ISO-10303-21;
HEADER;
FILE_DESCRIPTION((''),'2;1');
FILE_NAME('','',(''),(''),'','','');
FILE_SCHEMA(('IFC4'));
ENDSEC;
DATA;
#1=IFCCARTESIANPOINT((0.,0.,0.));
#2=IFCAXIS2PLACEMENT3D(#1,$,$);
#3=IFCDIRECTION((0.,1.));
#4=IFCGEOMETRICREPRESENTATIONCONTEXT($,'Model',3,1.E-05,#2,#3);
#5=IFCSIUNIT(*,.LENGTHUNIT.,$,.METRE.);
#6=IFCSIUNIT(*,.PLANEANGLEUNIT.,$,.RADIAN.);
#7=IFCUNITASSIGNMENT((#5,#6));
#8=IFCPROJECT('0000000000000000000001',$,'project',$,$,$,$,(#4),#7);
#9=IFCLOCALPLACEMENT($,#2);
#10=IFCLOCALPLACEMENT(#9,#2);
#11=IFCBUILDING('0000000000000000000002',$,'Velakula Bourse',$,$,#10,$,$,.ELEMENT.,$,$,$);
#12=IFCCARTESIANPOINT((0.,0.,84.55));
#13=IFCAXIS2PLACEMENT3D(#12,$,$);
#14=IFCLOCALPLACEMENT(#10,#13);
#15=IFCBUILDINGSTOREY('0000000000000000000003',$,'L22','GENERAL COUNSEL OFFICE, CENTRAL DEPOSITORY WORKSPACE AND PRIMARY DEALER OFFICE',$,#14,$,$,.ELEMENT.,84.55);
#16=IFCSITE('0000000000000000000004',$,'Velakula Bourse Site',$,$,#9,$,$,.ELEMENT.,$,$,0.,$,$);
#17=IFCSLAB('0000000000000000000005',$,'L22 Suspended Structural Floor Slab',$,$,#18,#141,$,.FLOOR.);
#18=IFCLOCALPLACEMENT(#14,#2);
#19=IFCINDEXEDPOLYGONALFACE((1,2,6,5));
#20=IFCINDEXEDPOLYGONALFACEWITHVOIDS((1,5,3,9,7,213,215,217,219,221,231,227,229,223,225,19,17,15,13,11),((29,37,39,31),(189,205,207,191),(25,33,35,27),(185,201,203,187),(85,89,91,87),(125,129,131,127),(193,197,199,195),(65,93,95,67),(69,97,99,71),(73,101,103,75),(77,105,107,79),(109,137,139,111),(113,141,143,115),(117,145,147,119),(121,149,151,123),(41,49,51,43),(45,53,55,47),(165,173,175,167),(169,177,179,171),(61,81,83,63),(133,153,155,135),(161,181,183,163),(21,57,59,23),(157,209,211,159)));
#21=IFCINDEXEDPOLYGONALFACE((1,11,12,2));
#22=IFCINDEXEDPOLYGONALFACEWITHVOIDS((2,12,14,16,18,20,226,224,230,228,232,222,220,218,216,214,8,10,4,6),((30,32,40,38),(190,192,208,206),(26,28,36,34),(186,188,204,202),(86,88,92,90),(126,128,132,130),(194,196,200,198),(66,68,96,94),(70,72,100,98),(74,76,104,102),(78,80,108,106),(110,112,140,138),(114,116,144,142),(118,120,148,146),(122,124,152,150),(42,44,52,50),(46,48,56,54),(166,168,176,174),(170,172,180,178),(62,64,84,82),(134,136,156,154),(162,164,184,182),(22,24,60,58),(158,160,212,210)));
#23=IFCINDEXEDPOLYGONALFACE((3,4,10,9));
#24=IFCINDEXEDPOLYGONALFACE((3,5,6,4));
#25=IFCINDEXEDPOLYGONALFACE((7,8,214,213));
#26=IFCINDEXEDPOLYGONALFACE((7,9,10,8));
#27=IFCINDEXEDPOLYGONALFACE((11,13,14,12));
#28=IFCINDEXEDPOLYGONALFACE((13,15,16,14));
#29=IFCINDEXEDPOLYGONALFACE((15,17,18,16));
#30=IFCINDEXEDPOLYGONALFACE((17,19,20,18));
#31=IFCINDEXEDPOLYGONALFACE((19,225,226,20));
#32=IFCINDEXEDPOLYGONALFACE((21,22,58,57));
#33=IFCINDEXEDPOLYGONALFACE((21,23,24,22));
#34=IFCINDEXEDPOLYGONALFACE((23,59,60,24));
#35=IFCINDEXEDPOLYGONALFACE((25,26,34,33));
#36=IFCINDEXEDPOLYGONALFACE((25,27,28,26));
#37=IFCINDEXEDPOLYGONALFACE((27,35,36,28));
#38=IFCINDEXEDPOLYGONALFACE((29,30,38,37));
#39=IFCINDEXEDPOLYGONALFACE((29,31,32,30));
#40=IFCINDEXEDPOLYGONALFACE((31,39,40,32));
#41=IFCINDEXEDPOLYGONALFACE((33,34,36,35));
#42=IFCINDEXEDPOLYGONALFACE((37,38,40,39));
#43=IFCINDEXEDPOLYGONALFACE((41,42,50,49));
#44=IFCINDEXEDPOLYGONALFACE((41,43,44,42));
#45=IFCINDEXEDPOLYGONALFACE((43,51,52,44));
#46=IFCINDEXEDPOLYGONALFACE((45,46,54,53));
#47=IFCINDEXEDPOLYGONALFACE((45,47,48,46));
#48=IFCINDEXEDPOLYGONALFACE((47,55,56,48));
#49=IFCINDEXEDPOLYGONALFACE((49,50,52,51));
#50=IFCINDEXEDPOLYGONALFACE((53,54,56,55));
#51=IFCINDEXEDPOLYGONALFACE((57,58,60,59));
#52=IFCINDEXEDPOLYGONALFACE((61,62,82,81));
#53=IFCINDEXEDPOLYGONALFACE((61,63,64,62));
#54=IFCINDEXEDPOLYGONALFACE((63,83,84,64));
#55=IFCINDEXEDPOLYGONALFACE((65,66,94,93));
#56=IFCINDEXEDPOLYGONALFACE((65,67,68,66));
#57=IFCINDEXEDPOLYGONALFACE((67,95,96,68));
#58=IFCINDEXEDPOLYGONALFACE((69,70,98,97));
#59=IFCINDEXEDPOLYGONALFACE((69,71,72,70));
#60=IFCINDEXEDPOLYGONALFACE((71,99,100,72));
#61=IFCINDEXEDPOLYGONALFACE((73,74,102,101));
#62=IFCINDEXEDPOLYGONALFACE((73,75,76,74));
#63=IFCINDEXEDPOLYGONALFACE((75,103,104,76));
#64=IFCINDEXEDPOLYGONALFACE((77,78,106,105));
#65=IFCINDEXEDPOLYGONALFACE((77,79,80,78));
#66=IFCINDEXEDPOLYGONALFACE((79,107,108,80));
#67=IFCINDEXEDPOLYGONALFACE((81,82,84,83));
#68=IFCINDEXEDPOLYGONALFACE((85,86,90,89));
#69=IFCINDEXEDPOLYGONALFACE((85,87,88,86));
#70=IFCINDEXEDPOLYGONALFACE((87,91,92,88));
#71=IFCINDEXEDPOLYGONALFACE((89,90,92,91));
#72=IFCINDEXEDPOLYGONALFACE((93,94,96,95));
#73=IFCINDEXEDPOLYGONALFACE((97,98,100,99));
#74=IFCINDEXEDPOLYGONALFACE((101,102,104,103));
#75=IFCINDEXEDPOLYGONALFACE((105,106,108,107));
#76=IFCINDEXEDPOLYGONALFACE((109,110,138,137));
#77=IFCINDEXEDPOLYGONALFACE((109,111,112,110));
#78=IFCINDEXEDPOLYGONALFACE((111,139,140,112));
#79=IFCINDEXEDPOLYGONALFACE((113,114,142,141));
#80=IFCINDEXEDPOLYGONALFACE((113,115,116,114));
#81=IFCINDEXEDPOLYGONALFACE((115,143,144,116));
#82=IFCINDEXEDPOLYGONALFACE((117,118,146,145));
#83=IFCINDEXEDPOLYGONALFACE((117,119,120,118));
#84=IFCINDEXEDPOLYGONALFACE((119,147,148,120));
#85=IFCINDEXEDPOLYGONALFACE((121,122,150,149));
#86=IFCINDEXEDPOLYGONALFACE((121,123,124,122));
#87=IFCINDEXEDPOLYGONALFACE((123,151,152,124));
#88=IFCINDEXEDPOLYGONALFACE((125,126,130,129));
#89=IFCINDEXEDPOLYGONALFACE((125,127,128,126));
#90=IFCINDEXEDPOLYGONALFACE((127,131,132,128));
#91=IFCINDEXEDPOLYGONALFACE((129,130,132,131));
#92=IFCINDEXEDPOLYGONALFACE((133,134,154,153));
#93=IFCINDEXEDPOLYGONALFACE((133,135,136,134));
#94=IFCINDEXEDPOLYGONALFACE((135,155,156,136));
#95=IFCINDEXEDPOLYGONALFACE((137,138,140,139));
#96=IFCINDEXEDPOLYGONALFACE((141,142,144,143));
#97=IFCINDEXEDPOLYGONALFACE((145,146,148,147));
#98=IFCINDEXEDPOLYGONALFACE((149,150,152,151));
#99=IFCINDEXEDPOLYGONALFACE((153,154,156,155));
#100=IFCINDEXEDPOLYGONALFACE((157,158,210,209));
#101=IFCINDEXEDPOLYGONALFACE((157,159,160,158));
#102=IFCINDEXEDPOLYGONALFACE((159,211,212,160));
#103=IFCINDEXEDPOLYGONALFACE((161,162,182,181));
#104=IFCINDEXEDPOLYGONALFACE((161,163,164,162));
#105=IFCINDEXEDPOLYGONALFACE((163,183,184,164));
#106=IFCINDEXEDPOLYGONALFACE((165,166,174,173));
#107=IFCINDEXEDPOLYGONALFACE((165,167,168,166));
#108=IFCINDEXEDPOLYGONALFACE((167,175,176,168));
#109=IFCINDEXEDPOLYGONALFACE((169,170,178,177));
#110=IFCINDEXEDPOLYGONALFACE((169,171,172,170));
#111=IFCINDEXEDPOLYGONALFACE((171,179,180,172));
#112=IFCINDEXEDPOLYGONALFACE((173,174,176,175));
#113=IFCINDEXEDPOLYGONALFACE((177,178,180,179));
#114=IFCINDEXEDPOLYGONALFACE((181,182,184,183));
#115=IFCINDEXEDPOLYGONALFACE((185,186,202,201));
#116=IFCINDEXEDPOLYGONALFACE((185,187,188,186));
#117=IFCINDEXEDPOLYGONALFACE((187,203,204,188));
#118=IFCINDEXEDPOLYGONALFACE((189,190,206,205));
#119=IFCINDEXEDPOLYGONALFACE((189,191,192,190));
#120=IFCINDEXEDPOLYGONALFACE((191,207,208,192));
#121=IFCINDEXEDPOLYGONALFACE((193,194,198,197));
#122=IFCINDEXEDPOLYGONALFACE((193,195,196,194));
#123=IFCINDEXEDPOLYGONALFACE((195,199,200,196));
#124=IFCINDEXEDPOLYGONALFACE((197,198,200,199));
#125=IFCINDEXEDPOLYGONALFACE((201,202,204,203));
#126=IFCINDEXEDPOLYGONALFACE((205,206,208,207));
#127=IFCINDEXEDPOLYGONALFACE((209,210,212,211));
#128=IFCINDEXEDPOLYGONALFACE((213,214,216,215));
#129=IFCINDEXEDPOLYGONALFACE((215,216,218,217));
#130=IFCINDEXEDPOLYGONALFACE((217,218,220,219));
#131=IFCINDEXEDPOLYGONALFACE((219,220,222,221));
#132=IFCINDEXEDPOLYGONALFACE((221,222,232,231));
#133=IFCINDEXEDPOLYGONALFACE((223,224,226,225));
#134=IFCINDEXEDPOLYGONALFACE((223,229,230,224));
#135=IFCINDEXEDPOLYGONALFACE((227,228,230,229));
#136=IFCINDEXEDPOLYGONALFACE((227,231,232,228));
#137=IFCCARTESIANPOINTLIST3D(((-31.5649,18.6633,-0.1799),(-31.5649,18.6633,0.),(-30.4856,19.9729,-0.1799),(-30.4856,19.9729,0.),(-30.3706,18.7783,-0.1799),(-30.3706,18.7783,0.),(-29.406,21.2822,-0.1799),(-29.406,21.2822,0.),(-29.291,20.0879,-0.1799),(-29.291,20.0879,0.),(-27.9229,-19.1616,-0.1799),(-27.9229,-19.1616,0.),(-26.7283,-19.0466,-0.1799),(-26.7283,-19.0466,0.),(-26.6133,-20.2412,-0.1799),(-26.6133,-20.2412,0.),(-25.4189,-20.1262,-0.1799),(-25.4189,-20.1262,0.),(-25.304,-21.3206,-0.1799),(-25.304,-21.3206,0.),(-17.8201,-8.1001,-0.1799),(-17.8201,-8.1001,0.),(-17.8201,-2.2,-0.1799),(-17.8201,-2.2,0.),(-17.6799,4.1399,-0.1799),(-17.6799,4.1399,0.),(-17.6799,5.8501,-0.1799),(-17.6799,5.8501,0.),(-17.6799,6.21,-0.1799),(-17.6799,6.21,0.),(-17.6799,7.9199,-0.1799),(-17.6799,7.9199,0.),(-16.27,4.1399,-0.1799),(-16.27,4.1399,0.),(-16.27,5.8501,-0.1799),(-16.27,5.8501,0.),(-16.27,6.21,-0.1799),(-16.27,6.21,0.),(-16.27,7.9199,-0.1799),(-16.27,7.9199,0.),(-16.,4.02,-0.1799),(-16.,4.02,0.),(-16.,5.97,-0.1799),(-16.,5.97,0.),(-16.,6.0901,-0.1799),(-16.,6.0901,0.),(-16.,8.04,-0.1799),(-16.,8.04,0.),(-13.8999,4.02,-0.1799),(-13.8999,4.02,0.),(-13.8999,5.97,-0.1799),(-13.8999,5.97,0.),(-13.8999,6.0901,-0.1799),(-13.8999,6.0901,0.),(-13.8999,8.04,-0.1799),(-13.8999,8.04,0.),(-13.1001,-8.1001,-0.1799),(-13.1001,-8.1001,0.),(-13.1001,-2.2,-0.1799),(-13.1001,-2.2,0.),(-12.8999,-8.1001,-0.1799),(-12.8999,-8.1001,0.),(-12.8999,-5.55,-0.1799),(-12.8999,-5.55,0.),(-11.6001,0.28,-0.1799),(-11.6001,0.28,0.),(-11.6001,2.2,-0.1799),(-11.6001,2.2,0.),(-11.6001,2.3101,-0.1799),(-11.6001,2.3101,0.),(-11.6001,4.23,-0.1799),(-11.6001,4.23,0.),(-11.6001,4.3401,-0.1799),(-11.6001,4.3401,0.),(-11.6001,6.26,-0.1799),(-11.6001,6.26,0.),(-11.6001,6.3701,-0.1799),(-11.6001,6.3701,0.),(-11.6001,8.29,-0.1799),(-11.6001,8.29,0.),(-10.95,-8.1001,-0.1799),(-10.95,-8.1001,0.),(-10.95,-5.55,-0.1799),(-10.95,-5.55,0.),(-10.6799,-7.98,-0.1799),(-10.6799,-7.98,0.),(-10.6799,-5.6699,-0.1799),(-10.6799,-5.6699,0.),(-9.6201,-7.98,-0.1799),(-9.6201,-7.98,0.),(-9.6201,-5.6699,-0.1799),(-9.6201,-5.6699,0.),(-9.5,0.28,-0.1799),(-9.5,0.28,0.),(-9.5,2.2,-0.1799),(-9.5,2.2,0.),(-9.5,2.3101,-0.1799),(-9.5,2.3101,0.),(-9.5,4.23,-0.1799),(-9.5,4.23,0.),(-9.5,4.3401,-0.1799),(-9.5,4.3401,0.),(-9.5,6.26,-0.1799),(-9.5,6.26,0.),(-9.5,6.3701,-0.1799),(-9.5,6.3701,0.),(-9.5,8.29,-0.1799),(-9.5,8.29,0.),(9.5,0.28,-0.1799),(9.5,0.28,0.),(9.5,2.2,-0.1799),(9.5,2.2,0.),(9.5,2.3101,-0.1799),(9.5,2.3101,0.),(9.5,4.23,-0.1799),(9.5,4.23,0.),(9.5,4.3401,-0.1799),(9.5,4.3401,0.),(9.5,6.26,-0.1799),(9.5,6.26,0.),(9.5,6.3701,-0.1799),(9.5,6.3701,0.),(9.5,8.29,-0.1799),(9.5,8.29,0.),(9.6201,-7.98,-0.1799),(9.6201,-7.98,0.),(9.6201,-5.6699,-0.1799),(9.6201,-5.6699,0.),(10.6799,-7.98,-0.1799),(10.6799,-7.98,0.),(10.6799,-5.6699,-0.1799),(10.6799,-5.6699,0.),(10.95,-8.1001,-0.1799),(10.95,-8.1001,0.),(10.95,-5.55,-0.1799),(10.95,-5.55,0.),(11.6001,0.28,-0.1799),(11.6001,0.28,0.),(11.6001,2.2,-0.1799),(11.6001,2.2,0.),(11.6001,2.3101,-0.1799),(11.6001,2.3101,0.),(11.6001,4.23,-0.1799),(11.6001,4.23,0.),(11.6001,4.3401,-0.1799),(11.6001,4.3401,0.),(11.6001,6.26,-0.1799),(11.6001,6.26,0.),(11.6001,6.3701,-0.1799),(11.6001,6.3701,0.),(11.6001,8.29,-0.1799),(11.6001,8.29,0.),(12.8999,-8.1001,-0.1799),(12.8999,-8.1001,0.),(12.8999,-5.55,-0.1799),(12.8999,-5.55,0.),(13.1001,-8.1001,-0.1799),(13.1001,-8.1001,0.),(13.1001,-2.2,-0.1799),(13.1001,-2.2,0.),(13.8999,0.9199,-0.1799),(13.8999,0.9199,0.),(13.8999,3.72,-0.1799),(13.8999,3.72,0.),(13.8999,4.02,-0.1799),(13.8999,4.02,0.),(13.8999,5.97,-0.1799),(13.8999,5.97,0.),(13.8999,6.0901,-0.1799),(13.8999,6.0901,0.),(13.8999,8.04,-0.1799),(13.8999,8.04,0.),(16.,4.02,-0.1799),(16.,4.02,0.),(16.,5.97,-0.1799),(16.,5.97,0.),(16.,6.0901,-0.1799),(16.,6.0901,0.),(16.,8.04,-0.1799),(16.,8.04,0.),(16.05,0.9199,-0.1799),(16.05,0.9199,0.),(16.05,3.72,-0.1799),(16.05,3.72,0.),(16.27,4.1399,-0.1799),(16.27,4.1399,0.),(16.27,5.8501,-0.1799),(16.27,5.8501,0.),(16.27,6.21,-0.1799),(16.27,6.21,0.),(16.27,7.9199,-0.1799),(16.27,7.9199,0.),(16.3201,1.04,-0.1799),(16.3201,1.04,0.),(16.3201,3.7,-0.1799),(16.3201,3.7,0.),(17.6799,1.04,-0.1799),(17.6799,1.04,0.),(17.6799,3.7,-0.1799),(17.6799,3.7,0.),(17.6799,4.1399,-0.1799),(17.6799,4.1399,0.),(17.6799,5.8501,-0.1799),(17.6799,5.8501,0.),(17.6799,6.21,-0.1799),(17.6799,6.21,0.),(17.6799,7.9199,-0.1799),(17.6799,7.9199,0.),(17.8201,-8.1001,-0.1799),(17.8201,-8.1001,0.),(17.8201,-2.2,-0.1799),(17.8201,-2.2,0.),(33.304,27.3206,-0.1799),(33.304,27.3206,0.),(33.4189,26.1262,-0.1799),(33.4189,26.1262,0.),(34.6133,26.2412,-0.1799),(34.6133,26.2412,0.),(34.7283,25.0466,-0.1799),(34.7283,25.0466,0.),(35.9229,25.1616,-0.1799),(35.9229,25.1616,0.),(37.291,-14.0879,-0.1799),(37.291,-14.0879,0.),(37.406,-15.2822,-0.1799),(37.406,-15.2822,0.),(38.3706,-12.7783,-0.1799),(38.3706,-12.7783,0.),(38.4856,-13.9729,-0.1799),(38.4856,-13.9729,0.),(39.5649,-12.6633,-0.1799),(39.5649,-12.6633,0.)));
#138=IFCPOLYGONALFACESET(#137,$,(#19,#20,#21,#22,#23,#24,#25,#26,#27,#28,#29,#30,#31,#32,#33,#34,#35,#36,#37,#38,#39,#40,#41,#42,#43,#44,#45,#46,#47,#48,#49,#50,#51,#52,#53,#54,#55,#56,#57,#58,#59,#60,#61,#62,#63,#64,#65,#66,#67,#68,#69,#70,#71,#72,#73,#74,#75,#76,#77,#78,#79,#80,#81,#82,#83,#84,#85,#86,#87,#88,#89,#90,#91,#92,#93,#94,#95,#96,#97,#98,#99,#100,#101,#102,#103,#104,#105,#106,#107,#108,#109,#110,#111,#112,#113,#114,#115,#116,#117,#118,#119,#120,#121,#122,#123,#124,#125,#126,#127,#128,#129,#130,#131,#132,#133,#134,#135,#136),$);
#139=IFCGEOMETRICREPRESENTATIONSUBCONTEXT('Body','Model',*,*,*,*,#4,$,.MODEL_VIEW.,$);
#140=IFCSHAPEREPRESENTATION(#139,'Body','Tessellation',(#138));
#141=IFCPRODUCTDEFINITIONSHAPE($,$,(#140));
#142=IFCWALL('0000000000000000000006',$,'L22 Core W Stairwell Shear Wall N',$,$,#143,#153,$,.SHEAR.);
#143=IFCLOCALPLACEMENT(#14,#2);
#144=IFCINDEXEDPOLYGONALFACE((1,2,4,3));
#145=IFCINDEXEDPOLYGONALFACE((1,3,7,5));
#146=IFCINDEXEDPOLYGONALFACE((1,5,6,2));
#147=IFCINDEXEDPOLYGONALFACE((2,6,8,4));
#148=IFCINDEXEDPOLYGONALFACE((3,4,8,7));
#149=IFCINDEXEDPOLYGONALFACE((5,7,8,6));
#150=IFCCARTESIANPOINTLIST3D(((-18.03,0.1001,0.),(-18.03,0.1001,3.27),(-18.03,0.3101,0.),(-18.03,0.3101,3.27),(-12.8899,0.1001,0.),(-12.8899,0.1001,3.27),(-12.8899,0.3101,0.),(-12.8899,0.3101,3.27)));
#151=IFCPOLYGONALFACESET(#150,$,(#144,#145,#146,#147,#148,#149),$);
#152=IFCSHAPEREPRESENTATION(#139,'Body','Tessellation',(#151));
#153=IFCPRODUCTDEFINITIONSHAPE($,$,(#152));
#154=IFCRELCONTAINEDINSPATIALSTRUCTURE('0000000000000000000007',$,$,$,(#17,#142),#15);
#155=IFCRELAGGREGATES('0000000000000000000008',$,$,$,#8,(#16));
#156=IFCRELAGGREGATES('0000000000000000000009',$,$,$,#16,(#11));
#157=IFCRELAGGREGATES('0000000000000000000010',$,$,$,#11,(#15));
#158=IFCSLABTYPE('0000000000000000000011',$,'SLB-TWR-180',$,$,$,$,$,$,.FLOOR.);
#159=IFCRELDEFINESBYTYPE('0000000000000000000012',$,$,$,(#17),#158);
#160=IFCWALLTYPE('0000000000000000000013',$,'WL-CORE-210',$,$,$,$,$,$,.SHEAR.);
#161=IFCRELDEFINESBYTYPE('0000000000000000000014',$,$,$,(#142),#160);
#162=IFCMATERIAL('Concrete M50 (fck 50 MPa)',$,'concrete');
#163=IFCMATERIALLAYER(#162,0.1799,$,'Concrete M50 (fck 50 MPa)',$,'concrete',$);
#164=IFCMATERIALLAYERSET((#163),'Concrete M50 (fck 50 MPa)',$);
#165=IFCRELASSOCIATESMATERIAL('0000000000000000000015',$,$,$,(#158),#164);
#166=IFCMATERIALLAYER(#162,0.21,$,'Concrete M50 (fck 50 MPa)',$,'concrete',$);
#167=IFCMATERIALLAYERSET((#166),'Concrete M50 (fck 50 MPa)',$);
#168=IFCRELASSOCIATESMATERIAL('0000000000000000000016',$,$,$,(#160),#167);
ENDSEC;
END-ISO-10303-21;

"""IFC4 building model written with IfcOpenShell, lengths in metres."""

from ifc_helpers import new_model, si_unit, direction, frame, frame_2d, origin, place, context, subcontext, project, spatial, polyline, rectangle, outline, extrude, material, layer, layer_set, type_object, element, save


model = new_model("IFC4")

# Units and contexts
model_context = context("Model", 3, precision=1e-05, world=origin(), true_north=direction((0.0, 1.0)))
body_context = subcontext(model_context, "Body", "Model", "MODEL_VIEW")
ifc_project = project(units=[si_unit("LENGTHUNIT", "METRE"), si_unit("PLANEANGLEUNIT", "RADIAN")], contexts=[model_context])

# Site, building, storey
site_placement = place(None, origin())
site = spatial("IfcSite", under=ifc_project, at=site_placement, Name="Velakula Bourse Site", CompositionType="ELEMENT", RefElevation=0.0)
building_placement = place(site_placement, origin())
building = spatial("IfcBuilding", under=site, at=building_placement, Name="Velakula Bourse", CompositionType="ELEMENT")
storey_placement = place(building_placement, frame((0.0, 0.0, 84.55)))
storey = spatial("IfcBuildingStorey", under=building, at=storey_placement, Name="L22", Description="GENERAL COUNSEL OFFICE, CENTRAL DEPOSITORY WORKSPACE AND PRIMARY DEALER OFFICE", CompositionType="ELEMENT", Elevation=84.55)

# Slab
ifc_material_1 = material(Name="Concrete M50 (fck 50 MPa)", Category="concrete")
ifc_layer_1 = layer(ifc_material_1, 0.1799, Name="Concrete M50 (fck 50 MPa)", Category="concrete")
ifc_layer_set_1 = layer_set([ifc_layer_1], Name="Concrete M50 (fck 50 MPa)")
slab_type = type_object("IfcSlabType", Name="SLB-TWR-180", PredefinedType="FLOOR", material=ifc_layer_set_1)
slab_placement = place(storey_placement, frame((0.0, 0.0, -0.1799)))
element("IfcSlab", 1, at=slab_placement, inside=storey, type_object=slab_type, Name="L22 Suspended Structural Floor Slab", PredefinedType="FLOOR", context=body_context, shape_type="SweptSolid", body=[
    extrude(outline(polyline([(-25.304, -21.3206), (37.406, -15.2822), (37.291, -14.0879), (38.4856, -13.9729), (38.3706, -12.7783), (39.5649, -12.6633), (35.9229, 25.1616), (34.7283, 25.0466), (34.6133, 26.2412), (33.4189, 26.1262), (33.304, 27.3206), (-29.406, 21.2822), (-29.291, 20.0879), (-30.4856, 19.9729), (-30.3706, 18.7783), (-31.5649, 18.6633), (-27.9229, -19.1616), (-26.7283, -19.0466), (-26.6133, -20.2412), (-25.4189, -20.1262), (-25.304, -21.3206)]), holes=[polyline([(-17.8201, -8.1001), (-13.1001, -8.1001), (-13.1001, -2.2), (-17.8201, -2.2), (-17.8201, -8.1001)]), polyline([(13.1001, -8.1001), (17.8201, -8.1001), (17.8201, -2.2), (13.1001, -2.2), (13.1001, -8.1001)]), polyline([(-12.8999, -8.1001), (-10.95, -8.1001), (-10.95, -5.55), (-12.8999, -5.55), (-12.8999, -8.1001)]), polyline([(10.95, -8.1001), (12.8999, -8.1001), (12.8999, -5.55), (10.95, -5.55), (10.95, -8.1001)]), polyline([(13.8999, 0.9199), (16.05, 0.9199), (16.05, 3.72), (13.8999, 3.72), (13.8999, 0.9199)]), polyline([(-10.6799, -7.98), (-9.6201, -7.98), (-9.6201, -5.6699), (-10.6799, -5.6699), (-10.6799, -7.98)]), polyline([(-17.6799, 4.1399), (-16.27, 4.1399), (-16.27, 5.8501), (-17.6799, 5.8501), (-17.6799, 4.1399)]), polyline([(-17.6799, 6.21), (-16.27, 6.21), (-16.27, 7.9199), (-17.6799, 7.9199), (-17.6799, 6.21)]), polyline([(9.6201, -7.98), (10.6799, -7.98), (10.6799, -5.6699), (9.6201, -5.6699), (9.6201, -7.98)]), polyline([(16.27, 4.1399), (17.6799, 4.1399), (17.6799, 5.8501), (16.27, 5.8501), (16.27, 4.1399)]), polyline([(16.27, 6.21), (17.6799, 6.21), (17.6799, 7.9199), (16.27, 7.9199), (16.27, 6.21)]), polyline([(16.3201, 1.04), (17.6799, 1.04), (17.6799, 3.7), (16.3201, 3.7), (16.3201, 1.04)]), polyline([(-11.6001, 0.28), (-9.5, 0.28), (-9.5, 2.2), (-11.6001, 2.2), (-11.6001, 0.28)]), polyline([(-11.6001, 2.3101), (-9.5, 2.3101), (-9.5, 4.23), (-11.6001, 4.23), (-11.6001, 2.3101)]), polyline([(-11.6001, 4.3401), (-9.5, 4.3401), (-9.5, 6.26), (-11.6001, 6.26), (-11.6001, 4.3401)]), polyline([(-11.6001, 6.3701), (-9.5, 6.3701), (-9.5, 8.29), (-11.6001, 8.29), (-11.6001, 6.3701)]), polyline([(9.5, 0.28), (11.6001, 0.28), (11.6001, 2.2), (9.5, 2.2), (9.5, 0.28)]), polyline([(9.5, 2.3101), (11.6001, 2.3101), (11.6001, 4.23), (9.5, 4.23), (9.5, 2.3101)]), polyline([(9.5, 4.3401), (11.6001, 4.3401), (11.6001, 6.26), (9.5, 6.26), (9.5, 4.3401)]), polyline([(9.5, 6.3701), (11.6001, 6.3701), (11.6001, 8.29), (9.5, 8.29), (9.5, 6.3701)]), polyline([(-16.0, 4.02), (-13.8999, 4.02), (-13.8999, 5.97), (-16.0, 5.97), (-16.0, 4.02)]), polyline([(-16.0, 6.0901), (-13.8999, 6.0901), (-13.8999, 8.04), (-16.0, 8.04), (-16.0, 6.0901)]), polyline([(13.8999, 4.02), (16.0, 4.02), (16.0, 5.97), (13.8999, 5.97), (13.8999, 4.02)]), polyline([(13.8999, 6.0901), (16.0, 6.0901), (16.0, 8.04), (13.8999, 8.04), (13.8999, 6.0901)])]), origin(), (0.0, 0.0, 1.0), 0.1799),
])

# Wall
ifc_layer_2 = layer(ifc_material_1, 0.21, Name="Concrete M50 (fck 50 MPa)", Category="concrete")
ifc_layer_set_2 = layer_set([ifc_layer_2], Name="Concrete M50 (fck 50 MPa)")
wall_type_1 = type_object("IfcWallType", Name="WL-CORE-210", PredefinedType="SHEAR", material=ifc_layer_set_2)
wall_1_placement = place(storey_placement, frame((-12.8899, 0.2051, 0.0), z_axis=(0.0, 0.0, 1.0), x_axis=(-1.0, 0.0, 0.0)))
element("IfcWall", 2, at=wall_1_placement, inside=storey, type_object=wall_type_1, Name="L22 Core W Stairwell Shear Wall N", PredefinedType="SHEAR", context=body_context, shape_type="SweptSolid", body=[
    extrude(rectangle(XDim=5.1401, YDim=0.21, at=frame_2d((2.5701, 0.0))), origin(), (0.0, 0.0, 1.0), 3.27),
])

save(model, "model.ifc")
